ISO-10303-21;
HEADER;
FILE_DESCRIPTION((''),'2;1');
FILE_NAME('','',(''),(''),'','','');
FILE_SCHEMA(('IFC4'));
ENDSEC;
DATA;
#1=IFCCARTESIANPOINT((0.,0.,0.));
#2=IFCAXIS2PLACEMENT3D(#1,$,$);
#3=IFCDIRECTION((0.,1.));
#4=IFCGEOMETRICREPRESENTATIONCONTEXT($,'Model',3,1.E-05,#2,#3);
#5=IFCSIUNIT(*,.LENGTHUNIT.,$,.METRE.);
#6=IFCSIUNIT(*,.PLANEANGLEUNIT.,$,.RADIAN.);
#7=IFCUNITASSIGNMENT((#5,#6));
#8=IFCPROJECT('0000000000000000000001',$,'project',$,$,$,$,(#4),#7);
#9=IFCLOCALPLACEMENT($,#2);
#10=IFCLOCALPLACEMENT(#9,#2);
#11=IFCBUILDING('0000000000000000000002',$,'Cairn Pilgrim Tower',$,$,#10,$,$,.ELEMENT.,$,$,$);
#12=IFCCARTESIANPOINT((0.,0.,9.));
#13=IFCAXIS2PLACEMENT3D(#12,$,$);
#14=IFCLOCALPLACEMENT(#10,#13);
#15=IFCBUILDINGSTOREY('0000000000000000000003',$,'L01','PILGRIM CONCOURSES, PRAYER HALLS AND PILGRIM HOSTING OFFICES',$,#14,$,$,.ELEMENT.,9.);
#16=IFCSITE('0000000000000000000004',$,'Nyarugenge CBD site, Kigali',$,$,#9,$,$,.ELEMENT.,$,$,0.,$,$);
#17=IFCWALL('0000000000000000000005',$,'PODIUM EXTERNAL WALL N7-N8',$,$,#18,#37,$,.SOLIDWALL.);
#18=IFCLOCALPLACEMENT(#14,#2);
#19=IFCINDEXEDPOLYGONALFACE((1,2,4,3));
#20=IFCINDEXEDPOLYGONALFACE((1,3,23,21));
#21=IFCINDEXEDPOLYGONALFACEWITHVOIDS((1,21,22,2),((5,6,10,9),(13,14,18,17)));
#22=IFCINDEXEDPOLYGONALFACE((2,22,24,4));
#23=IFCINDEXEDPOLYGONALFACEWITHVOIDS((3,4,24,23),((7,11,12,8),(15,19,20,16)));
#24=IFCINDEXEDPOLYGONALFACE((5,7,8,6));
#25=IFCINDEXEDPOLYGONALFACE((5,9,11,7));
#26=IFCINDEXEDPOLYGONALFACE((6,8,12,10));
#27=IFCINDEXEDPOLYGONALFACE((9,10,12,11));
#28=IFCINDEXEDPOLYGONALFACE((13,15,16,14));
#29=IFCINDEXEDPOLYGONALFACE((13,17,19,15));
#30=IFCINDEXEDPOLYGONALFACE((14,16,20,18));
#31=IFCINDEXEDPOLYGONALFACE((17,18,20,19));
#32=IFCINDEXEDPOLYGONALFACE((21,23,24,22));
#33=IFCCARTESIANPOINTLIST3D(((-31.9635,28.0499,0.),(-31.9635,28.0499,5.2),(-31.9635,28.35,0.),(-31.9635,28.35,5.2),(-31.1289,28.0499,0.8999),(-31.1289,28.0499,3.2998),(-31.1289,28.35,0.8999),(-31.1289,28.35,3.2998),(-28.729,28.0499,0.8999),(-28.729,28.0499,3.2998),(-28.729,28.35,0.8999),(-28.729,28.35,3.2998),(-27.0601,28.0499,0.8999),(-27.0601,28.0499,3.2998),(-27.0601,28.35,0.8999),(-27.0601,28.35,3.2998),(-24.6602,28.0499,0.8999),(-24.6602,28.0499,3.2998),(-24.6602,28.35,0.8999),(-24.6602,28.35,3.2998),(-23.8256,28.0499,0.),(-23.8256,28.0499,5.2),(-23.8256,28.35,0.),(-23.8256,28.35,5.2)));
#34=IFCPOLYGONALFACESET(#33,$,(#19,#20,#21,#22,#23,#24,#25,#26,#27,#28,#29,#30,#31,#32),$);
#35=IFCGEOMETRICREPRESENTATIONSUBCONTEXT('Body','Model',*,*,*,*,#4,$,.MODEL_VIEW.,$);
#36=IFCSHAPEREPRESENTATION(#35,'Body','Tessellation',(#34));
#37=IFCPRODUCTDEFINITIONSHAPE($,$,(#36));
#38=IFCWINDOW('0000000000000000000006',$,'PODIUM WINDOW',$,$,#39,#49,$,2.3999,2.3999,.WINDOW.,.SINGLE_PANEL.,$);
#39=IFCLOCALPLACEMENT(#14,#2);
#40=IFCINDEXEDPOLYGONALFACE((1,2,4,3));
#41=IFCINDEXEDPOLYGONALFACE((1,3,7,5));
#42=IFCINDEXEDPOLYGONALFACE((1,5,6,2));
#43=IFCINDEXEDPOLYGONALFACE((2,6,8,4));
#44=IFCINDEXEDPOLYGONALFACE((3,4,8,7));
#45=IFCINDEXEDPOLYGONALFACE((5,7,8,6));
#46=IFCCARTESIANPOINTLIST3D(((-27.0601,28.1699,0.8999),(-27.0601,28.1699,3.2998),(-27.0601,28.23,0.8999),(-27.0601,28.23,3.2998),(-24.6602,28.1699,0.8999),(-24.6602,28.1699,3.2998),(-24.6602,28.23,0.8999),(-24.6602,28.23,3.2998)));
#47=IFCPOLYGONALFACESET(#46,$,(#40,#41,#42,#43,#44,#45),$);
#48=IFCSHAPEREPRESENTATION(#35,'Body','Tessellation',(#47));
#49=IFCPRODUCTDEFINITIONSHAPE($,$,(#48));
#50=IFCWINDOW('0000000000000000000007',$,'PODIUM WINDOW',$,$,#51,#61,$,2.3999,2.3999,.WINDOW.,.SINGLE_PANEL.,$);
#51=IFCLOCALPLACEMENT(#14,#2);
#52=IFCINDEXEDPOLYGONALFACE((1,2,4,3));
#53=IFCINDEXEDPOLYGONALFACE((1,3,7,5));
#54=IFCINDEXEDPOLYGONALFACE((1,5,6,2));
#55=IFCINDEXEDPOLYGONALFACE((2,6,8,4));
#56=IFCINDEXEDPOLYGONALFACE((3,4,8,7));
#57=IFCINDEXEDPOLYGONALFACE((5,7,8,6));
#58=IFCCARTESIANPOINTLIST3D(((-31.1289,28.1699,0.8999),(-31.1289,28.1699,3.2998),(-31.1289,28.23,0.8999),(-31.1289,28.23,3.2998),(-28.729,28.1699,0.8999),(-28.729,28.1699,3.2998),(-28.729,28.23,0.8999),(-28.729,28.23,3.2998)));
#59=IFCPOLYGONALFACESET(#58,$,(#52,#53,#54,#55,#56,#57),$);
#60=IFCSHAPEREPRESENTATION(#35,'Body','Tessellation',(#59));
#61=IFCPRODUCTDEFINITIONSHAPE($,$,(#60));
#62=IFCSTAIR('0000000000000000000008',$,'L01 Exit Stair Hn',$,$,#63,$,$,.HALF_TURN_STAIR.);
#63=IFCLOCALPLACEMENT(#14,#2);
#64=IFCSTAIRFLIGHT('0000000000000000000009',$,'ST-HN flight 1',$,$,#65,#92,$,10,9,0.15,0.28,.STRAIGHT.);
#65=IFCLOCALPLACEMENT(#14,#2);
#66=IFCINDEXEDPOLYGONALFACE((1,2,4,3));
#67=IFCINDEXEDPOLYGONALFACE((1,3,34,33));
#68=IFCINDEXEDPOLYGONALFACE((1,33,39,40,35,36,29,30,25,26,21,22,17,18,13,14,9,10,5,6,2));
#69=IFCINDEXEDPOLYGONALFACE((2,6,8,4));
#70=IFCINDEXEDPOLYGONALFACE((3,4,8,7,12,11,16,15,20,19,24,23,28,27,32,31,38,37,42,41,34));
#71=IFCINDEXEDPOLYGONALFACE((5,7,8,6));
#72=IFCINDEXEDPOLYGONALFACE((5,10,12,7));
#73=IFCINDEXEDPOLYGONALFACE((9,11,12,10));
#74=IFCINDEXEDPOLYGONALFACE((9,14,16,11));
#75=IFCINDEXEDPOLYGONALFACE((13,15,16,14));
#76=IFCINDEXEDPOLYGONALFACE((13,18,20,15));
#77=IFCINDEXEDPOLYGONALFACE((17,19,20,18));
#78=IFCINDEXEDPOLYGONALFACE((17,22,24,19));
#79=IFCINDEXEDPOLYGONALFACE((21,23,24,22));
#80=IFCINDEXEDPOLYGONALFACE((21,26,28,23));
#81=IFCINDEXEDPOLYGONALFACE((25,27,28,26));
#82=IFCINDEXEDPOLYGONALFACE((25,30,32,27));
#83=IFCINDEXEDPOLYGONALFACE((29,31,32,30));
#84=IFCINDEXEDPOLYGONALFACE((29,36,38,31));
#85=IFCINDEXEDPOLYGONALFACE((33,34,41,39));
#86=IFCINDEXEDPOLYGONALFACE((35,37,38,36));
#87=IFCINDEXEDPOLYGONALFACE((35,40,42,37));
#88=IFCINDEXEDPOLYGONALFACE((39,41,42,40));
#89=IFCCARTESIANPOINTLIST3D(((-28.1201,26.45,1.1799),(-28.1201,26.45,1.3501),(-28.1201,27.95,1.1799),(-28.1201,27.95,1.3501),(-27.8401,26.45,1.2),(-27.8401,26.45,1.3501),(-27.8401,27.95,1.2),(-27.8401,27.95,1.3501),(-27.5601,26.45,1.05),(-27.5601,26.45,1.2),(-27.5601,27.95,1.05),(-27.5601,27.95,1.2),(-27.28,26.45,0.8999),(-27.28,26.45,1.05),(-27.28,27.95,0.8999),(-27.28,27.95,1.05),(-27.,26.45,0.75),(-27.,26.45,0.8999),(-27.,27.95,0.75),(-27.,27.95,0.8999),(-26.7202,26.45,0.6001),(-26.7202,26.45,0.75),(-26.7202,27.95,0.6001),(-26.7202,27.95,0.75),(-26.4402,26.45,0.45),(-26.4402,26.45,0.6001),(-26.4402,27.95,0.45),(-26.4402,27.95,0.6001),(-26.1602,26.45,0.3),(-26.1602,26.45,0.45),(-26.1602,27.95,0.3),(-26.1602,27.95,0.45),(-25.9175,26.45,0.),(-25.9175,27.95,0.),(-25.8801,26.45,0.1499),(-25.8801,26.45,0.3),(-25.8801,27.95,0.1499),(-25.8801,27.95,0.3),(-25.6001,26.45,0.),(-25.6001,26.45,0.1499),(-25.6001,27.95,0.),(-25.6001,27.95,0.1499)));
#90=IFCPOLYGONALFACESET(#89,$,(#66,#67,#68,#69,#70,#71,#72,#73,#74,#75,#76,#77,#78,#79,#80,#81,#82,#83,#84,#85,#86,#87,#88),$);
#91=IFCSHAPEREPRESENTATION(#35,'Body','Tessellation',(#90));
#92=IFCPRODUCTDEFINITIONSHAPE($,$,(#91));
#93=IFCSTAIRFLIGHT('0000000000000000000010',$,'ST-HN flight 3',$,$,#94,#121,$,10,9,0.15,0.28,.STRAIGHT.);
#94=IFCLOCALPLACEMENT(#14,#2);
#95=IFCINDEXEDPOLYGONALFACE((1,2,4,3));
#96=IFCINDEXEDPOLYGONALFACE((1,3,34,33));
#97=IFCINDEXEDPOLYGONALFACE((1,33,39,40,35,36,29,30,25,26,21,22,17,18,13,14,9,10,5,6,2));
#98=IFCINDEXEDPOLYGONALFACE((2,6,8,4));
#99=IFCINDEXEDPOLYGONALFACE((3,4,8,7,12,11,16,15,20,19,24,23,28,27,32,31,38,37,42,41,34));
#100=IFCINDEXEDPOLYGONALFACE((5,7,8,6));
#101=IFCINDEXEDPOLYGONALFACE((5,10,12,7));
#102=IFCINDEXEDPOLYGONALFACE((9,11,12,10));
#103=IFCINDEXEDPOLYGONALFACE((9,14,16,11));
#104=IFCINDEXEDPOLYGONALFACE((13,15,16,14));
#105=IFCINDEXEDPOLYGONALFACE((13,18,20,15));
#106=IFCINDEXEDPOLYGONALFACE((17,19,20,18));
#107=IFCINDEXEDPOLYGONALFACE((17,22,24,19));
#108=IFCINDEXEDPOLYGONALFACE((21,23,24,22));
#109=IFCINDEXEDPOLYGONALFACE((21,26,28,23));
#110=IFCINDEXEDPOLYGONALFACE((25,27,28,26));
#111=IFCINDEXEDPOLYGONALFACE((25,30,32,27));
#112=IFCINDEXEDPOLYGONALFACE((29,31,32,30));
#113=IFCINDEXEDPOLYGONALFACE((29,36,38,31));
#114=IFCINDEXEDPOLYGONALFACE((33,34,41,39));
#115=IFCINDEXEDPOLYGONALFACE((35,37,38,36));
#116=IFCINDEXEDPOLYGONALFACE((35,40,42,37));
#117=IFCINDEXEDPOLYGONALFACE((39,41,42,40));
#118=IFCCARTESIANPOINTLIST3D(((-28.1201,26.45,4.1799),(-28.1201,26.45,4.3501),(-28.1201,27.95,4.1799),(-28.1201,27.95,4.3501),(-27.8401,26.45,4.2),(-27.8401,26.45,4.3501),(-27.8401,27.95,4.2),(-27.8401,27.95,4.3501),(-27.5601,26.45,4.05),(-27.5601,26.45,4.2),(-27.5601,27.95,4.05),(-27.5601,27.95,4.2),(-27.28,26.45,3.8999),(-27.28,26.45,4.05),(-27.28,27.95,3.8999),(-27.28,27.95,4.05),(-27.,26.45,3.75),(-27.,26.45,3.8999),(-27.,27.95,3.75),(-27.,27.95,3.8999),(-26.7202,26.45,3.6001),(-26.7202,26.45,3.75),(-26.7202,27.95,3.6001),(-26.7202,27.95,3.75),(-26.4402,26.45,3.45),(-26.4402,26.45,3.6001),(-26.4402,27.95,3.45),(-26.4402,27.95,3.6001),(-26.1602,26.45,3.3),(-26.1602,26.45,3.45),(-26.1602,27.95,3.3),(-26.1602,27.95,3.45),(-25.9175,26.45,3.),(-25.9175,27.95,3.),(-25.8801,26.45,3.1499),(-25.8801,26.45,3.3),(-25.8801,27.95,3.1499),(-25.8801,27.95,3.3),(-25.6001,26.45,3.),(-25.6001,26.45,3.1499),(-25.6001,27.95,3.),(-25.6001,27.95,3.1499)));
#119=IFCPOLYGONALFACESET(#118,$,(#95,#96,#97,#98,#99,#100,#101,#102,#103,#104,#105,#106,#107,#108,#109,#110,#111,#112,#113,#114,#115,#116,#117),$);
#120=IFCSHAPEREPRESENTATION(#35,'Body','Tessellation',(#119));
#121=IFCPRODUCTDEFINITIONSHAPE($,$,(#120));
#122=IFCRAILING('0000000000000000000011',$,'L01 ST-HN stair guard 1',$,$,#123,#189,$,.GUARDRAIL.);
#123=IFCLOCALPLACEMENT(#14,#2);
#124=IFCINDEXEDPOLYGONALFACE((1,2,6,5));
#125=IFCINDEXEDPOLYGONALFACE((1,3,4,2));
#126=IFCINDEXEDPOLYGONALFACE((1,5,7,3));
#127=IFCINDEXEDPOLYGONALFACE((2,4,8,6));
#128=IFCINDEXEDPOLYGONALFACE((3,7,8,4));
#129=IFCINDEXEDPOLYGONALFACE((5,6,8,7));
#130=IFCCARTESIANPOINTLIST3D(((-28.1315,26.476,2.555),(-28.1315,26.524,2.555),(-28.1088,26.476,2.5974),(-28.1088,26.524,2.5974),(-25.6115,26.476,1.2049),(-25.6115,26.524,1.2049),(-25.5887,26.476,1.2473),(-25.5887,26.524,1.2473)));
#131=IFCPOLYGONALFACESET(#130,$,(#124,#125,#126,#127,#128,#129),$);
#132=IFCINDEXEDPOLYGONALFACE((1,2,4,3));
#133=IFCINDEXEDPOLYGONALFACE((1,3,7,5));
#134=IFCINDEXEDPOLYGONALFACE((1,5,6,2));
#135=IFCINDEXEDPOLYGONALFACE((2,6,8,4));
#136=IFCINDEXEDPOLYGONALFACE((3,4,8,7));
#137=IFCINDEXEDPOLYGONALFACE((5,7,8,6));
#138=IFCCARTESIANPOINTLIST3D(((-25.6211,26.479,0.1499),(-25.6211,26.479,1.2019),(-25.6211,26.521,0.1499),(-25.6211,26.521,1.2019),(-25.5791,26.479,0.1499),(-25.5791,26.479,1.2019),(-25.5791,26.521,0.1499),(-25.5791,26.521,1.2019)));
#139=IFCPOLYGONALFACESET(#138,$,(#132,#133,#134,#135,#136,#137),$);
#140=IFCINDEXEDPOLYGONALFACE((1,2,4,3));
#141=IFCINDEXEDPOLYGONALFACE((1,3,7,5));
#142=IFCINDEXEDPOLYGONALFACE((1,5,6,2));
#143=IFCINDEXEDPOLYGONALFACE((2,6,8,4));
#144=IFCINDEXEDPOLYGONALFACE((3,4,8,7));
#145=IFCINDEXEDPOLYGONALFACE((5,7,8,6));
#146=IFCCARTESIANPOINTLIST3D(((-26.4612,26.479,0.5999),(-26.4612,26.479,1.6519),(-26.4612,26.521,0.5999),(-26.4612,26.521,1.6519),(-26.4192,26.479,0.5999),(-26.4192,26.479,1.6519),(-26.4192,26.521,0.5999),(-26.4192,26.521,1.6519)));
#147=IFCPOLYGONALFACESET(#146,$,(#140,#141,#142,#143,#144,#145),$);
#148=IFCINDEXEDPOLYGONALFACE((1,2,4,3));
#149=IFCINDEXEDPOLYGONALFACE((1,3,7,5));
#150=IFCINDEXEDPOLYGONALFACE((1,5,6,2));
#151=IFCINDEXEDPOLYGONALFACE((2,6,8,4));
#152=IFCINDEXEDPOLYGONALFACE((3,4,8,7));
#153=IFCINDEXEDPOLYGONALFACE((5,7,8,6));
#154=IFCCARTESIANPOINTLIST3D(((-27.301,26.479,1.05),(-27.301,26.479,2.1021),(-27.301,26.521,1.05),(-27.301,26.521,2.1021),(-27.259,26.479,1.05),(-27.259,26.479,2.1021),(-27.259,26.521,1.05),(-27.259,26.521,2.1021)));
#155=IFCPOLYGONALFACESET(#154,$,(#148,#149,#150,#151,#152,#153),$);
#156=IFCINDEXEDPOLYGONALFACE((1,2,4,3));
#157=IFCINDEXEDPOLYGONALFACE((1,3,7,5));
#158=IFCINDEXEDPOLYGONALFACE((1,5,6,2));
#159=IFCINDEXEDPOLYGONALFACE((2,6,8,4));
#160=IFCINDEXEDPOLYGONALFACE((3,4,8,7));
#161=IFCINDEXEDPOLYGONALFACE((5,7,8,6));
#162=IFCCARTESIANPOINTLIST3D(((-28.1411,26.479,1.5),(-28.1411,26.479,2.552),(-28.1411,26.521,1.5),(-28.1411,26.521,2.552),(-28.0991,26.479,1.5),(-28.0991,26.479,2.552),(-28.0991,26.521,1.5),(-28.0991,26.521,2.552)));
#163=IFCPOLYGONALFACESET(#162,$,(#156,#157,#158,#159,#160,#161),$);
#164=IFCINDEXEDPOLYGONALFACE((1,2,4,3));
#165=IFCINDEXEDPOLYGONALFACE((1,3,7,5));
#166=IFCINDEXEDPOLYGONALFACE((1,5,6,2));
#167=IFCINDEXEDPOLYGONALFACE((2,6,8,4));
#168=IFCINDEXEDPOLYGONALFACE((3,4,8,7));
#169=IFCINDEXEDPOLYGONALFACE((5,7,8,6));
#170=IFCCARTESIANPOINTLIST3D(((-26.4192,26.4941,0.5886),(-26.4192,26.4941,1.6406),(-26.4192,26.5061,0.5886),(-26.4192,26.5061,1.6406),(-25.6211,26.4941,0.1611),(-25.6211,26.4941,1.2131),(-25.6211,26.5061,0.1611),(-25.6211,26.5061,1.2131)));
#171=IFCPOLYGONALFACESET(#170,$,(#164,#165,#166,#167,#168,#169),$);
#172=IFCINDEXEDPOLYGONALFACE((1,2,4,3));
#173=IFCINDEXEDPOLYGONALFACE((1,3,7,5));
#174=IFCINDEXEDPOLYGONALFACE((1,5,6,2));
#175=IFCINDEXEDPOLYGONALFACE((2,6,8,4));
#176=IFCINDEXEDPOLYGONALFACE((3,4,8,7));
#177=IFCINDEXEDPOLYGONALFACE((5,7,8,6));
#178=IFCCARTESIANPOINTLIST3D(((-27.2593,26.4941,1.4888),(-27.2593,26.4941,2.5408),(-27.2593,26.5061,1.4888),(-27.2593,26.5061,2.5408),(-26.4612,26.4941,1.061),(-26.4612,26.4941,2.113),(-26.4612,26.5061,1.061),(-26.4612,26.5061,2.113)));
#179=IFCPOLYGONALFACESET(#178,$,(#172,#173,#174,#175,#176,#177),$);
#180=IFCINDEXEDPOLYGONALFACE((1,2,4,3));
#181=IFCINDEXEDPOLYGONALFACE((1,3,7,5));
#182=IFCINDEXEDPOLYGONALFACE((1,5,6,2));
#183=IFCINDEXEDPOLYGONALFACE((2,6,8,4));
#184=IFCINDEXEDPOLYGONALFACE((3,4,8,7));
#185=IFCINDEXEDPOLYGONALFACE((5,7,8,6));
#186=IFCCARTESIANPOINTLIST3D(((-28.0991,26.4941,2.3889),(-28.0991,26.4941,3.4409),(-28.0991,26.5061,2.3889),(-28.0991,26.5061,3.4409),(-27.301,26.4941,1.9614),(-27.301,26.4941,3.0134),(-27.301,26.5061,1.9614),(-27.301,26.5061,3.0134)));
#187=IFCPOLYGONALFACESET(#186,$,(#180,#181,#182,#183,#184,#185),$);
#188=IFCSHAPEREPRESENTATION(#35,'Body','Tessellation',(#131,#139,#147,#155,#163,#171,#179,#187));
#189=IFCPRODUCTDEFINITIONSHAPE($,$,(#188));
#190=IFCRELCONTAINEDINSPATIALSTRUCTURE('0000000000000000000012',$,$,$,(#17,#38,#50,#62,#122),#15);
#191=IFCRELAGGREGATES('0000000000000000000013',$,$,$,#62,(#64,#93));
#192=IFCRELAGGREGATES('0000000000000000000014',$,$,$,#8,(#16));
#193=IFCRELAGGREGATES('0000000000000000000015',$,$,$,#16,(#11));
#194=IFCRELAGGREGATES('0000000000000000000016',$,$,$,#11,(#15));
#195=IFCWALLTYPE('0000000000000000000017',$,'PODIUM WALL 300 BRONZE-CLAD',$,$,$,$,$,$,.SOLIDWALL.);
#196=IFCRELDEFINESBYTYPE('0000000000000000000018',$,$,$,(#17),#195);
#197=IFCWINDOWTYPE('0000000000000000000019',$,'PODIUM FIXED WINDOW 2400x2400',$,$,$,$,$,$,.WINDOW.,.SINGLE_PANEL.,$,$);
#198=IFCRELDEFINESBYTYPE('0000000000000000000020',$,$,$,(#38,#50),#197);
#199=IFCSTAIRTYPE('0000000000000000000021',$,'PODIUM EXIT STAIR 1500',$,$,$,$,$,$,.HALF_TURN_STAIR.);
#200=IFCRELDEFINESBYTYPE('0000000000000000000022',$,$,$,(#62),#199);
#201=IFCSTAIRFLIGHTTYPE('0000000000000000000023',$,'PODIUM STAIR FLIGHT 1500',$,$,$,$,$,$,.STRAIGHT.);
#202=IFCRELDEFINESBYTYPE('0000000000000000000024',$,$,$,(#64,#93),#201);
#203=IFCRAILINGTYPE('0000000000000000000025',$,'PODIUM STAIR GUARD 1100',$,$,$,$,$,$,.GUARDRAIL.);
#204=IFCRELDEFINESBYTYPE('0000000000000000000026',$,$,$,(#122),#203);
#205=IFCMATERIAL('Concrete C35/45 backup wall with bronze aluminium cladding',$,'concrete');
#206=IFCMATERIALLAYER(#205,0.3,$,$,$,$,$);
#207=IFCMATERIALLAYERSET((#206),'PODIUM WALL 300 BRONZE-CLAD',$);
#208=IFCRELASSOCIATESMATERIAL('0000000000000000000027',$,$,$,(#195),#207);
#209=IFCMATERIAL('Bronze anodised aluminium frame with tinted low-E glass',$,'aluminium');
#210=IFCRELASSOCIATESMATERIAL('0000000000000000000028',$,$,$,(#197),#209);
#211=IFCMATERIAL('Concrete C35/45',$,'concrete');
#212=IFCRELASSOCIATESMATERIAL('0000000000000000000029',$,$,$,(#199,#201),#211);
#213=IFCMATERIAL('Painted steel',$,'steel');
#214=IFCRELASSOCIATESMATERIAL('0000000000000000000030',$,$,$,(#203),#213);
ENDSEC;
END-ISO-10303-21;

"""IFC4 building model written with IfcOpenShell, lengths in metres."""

from ifc_helpers import new_model, si_unit, direction, frame, frame_2d, origin, origin_2d, place, context, subcontext, project, spatial, polyline, rectangle, outline, extrude, material, layer, layer_set, type_object, element, fill, aggregate, save


model = new_model("IFC4")

# Units and contexts
model_context = context("Model", 3, precision=1e-05, world=origin(), true_north=direction((0.0, 1.0)))
body_context = subcontext(model_context, "Body", "Model", "MODEL_VIEW")
ifc_project = project(units=[si_unit("LENGTHUNIT", "METRE"), si_unit("PLANEANGLEUNIT", "RADIAN")], contexts=[model_context])

# Site, building, storey
site_placement = place(None, origin())
site = spatial("IfcSite", under=ifc_project, at=site_placement, Name="Nyarugenge CBD site, Kigali", CompositionType="ELEMENT", RefElevation=0.0)
building_placement = place(site_placement, origin())
building = spatial("IfcBuilding", under=site, at=building_placement, Name="Cairn Pilgrim Tower", CompositionType="ELEMENT")
storey_placement = place(building_placement, frame((0.0, 0.0, 9.0)))
storey = spatial("IfcBuildingStorey", under=building, at=storey_placement, Name="L01", Description="PILGRIM CONCOURSES, PRAYER HALLS AND PILGRIM HOSTING OFFICES", CompositionType="ELEMENT", Elevation=9.0)

# Shared definitions
ifc_material_1 = material(Name="Concrete C35/45", Category="concrete")

# Wall, openings, windows
ifc_material_2 = material(Name="Concrete C35/45 backup wall with bronze aluminium cladding", Category="concrete")
ifc_layer_1 = layer(ifc_material_2, 0.3)
ifc_layer_set_1 = layer_set([ifc_layer_1], Name="PODIUM WALL 300 BRONZE-CLAD")
wall_type_1 = type_object("IfcWallType", Name="PODIUM WALL 300 BRONZE-CLAD", PredefinedType="SOLIDWALL", material=ifc_layer_set_1)
wall_1_placement = place(storey_placement, frame((-23.8257, 28.2, 0.0), z_axis=(0.0, 0.0, 1.0), x_axis=(-1.0, 0.0, 0.0)))
wall_1 = element("IfcWall", 1, at=wall_1_placement, inside=storey, type_object=wall_type_1, Name="PODIUM EXTERNAL WALL N7-N8", PredefinedType="SOLIDWALL", context=body_context, shape_type="SweptSolid", body=[
    extrude(rectangle(XDim=8.1379, YDim=0.3, at=frame_2d((4.0688, 0.0))), origin(), (0.0, 0.0, 1.0), 5.2),
])
opening_1_placement = place(wall_1_placement, frame((0.8345, 0.0, 0.8999)))
opening_1 = element("IfcOpeningElement", 2, at=opening_1_placement, cuts=wall_1, PredefinedType="OPENING", context=body_context, shape_type="SweptSolid", body=[
    extrude(rectangle(XDim=2.3999, YDim=2.3999, at=frame_2d((1.2, 1.2))), frame((0.0, 0.1602, 0.0), z_axis=(0.0, -1.0, 0.0), x_axis=(1.0, 0.0, 0.0)), (0.0, 0.0, 1.0), 0.3201),
])
opening_2_placement = place(wall_1_placement, frame((4.9033, 0.0, 0.8999)))
opening_2 = element("IfcOpeningElement", 3, at=opening_2_placement, cuts=wall_1, PredefinedType="OPENING", context=body_context, shape_type="SweptSolid", body=[
    extrude(rectangle(XDim=2.3999, YDim=2.3999, at=frame_2d((1.2, 1.2))), frame((0.0, 0.1602, 0.0), z_axis=(0.0, -1.0, 0.0), x_axis=(1.0, 0.0, 0.0)), (0.0, 0.0, 1.0), 0.3201),
])
ifc_material_3 = material(Name="Bronze anodised aluminium frame with tinted low-E glass", Category="aluminium")
window_type = type_object("IfcWindowType", Name="PODIUM FIXED WINDOW 2400x2400", PartitioningType="SINGLE_PANEL", PredefinedType="WINDOW", material=ifc_material_3)
window_1_placement = place(opening_1_placement, origin())
window_1 = element("IfcWindow", 4, at=window_1_placement, inside=storey, type_object=window_type, Name="PODIUM WINDOW", OverallHeight=2.3999, OverallWidth=2.3999, PartitioningType="SINGLE_PANEL", PredefinedType="WINDOW", context=body_context, shape_type="SweptSolid", body=[
    extrude(rectangle(XDim=2.3999, YDim=2.3999, at=frame_2d((1.2, 1.2))), frame((0.0, 0.03, 0.0), z_axis=(0.0, -1.0, 0.0), x_axis=(1.0, 0.0, 0.0)), (0.0, 0.0, 1.0), 0.0601),
])
fill(opening_1, window_1)
window_2_placement = place(opening_2_placement, origin())
window_2 = element("IfcWindow", 5, at=window_2_placement, inside=storey, type_object=window_type, Name="PODIUM WINDOW", OverallHeight=2.3999, OverallWidth=2.3999, PartitioningType="SINGLE_PANEL", PredefinedType="WINDOW", context=body_context, shape_type="SweptSolid", body=[
    extrude(rectangle(XDim=2.3999, YDim=2.3999, at=frame_2d((1.2, 1.2))), frame((0.0, 0.03, 0.0), z_axis=(0.0, -1.0, 0.0), x_axis=(1.0, 0.0, 0.0)), (0.0, 0.0, 1.0), 0.0601),
])
fill(opening_2, window_2)

# Stair, stair flights
stair_type = type_object("IfcStairType", Name="PODIUM EXIT STAIR 1500", PredefinedType="HALF_TURN_STAIR", material=ifc_material_1)
stair_placement = place(storey_placement, origin())
stair = element("IfcStair", 6, at=stair_placement, inside=storey, type_object=stair_type, Name="L01 Exit Stair Hn", PredefinedType="HALF_TURN_STAIR")
stair_flight_type = type_object("IfcStairFlightType", Name="PODIUM STAIR FLIGHT 1500", PredefinedType="STRAIGHT", material=ifc_material_1)
stair_flight_1_placement = place(storey_placement, frame((-25.6001, 27.2, 0.0), z_axis=(0.0, 0.0, 1.0), x_axis=(-1.0, 0.0, 0.0)))
stair_flight_1 = element("IfcStairFlight", 7, at=stair_flight_1_placement, type_object=stair_flight_type, Name="ST-HN flight 1", NumberOfRisers=10, NumberOfTreads=9, PredefinedType="STRAIGHT", RiserHeight=0.15, TreadLength=0.28, context=body_context, shape_type="SweptSolid", body=[
    extrude(outline(polyline([(0.0, 0.0), (0.0, 0.1499), (0.28, 0.1499), (0.28, 0.3), (0.5601, 0.3), (0.5601, 0.45), (0.8401, 0.45), (0.8401, 0.6001), (1.1201, 0.6001), (1.1201, 0.75), (1.3999, 0.75), (1.3999, 0.8999), (1.6799, 0.8999), (1.6799, 1.05), (1.96, 1.05), (1.96, 1.2), (2.24, 1.2), (2.24, 1.3501), (2.52, 1.3501), (2.52, 1.5), (2.52, 1.1799), (0.3174, 0.0), (0.0, 0.0)])), frame((0.0, 0.75, 0.0), z_axis=(0.0, -1.0, 0.0), x_axis=(1.0, 0.0, 0.0)), (0.0, 0.0, 1.0), 1.5),
])
stair_flight_2_placement = place(storey_placement, frame((-25.6001, 27.2, 3.0), z_axis=(0.0, 0.0, 1.0), x_axis=(-1.0, 0.0, 0.0)))
stair_flight_2 = element("IfcStairFlight", 8, at=stair_flight_2_placement, type_object=stair_flight_type, Name="ST-HN flight 3", NumberOfRisers=10, NumberOfTreads=9, PredefinedType="STRAIGHT", RiserHeight=0.15, TreadLength=0.28, context=body_context, shape_type="SweptSolid", body=[
    extrude(outline(polyline([(0.0, 0.0), (0.0, 0.1499), (0.28, 0.1499), (0.28, 0.3), (0.5601, 0.3), (0.5601, 0.45), (0.8401, 0.45), (0.8401, 0.6001), (1.1201, 0.6001), (1.1201, 0.75), (1.3999, 0.75), (1.3999, 0.8999), (1.6799, 0.8999), (1.6799, 1.05), (1.96, 1.05), (1.96, 1.2), (2.24, 1.2), (2.24, 1.3501), (2.52, 1.3501), (2.52, 1.5), (2.52, 1.1799), (0.3174, 0.0), (0.0, 0.0)])), frame((0.0, 0.75, 0.0), z_axis=(0.0, -1.0, 0.0), x_axis=(1.0, 0.0, 0.0)), (0.0, 0.0, 1.0), 1.5),
])
aggregate(stair, [stair_flight_1, stair_flight_2])

# Railing
ifc_material_4 = material(Name="Painted steel", Category="steel")
railing_type_1 = type_object("IfcRailingType", Name="PODIUM STAIR GUARD 1100", PredefinedType="GUARDRAIL", material=ifc_material_4)
railing_1_placement = place(storey_placement, frame((-25.6001, 26.5, 0.1499)))
element("IfcRailing", 9, at=railing_1_placement, inside=storey, type_object=railing_type_1, Name="L01 ST-HN stair guard 1", PredefinedType="GUARDRAIL", context=body_context, shape_type="SweptSolid", body=[
    extrude(rectangle(XDim=0.0481, YDim=0.0481, at=origin_2d()), frame((0.0, 0.0, 1.0762), z_axis=(-0.881467, 0.0, 0.472245), x_axis=(0.0, -1.0, 0.0)), (0.0, 0.0, 1.0), 2.8589),
    extrude(rectangle(XDim=0.042, YDim=0.042, at=origin_2d()), origin(), (0.0, 0.0, 1.0), 1.052),
    extrude(rectangle(XDim=0.042, YDim=0.042, at=origin_2d()), frame((-0.8401, 0.0, 0.45)), (0.0, 0.0, 1.0), 1.052),
    extrude(rectangle(XDim=0.042, YDim=0.042, at=origin_2d()), frame((-1.6799, 0.0, 0.9001)), (0.0, 0.0, 1.0), 1.052),
    extrude(rectangle(XDim=0.042, YDim=0.042, at=origin_2d()), frame((-2.52, 0.0, 1.3501)), (0.0, 0.0, 1.0), 1.052),
    extrude(outline(polyline([(0.021, 0.0112), (0.8191, 0.4387), (0.8191, 1.4907), (0.021, 1.0632), (0.021, 0.0112)])), frame((0.0, -0.0059, 0.0), z_axis=(0.0, 1.0, 0.0), x_axis=(-1.0, 0.0, 0.0)), (0.0, 0.0, 1.0), 0.012),
    extrude(outline(polyline([(0.021, 0.4612), (0.8191, 0.8889), (0.8191, 1.9409), (0.021, 1.5132), (0.021, 0.4612)])), frame((-0.8401, -0.0059, 0.45), z_axis=(0.0, 1.0, 0.0), x_axis=(-1.0, 0.0, 0.0)), (0.0, 0.0, 1.0), 0.012),
    extrude(outline(polyline([(0.021, 0.9114), (0.8191, 1.3389), (0.8191, 2.3909), (0.021, 1.9634), (0.021, 0.9114)])), frame((-1.6799, -0.0059, 0.9001), z_axis=(0.0, 1.0, 0.0), x_axis=(-1.0, 0.0, 0.0)), (0.0, 0.0, 1.0), 0.012),
])

save(model, "model.ifc")
